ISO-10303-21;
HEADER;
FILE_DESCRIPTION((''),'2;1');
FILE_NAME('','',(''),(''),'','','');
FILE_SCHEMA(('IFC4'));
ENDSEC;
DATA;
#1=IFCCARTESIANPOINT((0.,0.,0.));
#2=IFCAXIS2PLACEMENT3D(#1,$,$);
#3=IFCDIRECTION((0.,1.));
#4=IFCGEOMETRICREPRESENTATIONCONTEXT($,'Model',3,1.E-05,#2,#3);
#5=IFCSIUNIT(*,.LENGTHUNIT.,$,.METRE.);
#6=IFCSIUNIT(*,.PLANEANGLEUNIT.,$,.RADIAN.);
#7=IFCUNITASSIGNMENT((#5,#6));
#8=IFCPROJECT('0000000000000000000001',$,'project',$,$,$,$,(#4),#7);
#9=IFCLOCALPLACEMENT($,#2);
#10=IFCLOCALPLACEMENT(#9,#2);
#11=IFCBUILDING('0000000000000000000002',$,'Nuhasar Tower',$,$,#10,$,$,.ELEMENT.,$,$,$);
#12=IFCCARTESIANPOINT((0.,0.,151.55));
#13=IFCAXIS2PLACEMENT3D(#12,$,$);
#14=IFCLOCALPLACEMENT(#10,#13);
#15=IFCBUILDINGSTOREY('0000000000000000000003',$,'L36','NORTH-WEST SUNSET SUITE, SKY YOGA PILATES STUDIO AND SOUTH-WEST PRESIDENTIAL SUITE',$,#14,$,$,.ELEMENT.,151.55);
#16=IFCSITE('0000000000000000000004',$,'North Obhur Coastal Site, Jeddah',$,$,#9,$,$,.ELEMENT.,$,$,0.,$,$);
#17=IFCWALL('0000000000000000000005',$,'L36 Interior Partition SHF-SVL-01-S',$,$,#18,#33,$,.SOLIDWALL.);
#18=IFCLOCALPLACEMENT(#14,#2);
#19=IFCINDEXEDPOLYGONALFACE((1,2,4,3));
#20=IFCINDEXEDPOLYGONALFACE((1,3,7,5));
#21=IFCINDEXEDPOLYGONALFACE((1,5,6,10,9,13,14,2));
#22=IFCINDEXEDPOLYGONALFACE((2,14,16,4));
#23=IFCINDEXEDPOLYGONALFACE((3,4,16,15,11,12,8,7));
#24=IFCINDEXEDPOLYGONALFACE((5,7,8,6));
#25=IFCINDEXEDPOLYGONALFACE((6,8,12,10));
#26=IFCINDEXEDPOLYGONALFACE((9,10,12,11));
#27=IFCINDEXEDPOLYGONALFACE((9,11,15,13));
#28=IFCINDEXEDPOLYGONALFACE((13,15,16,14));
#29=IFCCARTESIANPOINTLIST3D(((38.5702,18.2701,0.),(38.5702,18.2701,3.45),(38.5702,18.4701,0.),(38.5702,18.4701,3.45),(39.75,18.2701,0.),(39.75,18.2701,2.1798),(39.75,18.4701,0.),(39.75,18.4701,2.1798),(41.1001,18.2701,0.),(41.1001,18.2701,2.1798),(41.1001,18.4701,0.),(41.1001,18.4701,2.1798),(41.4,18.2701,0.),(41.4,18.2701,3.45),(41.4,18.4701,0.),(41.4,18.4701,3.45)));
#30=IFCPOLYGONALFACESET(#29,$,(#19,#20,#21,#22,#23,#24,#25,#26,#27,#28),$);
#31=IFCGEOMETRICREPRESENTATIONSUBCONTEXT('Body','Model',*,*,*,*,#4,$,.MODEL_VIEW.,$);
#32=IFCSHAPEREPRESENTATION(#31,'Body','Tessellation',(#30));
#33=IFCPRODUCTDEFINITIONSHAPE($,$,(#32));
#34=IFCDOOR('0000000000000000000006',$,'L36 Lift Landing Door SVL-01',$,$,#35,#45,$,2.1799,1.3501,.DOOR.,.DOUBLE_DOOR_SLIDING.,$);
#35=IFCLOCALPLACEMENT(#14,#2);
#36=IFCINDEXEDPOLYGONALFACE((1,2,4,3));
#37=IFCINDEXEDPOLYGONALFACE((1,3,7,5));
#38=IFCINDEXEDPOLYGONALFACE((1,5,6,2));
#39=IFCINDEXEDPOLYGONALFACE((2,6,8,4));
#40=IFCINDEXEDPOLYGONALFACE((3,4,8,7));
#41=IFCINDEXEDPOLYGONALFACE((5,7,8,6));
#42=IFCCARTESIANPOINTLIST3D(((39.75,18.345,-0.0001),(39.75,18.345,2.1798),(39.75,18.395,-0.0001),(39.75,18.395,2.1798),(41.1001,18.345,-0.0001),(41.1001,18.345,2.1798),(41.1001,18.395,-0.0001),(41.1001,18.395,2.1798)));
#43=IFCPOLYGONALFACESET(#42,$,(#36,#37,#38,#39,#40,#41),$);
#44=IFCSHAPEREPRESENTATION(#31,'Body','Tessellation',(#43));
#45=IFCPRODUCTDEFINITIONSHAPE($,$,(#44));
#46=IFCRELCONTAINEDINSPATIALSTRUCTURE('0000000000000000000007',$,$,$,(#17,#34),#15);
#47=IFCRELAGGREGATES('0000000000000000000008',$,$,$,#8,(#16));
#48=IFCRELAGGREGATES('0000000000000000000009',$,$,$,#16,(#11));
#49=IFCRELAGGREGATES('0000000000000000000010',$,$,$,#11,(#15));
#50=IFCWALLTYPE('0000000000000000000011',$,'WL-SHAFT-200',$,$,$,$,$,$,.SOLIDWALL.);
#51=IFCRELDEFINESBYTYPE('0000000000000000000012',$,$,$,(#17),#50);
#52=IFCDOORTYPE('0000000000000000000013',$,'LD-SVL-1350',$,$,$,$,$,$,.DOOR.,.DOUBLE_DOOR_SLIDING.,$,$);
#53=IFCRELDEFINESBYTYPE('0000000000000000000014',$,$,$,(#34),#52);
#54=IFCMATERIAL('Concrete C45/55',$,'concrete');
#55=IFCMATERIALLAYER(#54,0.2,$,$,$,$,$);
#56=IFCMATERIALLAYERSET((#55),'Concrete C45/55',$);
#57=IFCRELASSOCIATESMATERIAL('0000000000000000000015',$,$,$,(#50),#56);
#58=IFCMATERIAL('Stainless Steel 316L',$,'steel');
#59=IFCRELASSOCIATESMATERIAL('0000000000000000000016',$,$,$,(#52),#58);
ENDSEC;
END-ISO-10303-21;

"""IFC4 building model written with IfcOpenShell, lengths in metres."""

from ifc_helpers import new_model, si_unit, direction, frame, frame_2d, origin, place, context, subcontext, project, spatial, rectangle, extrude, material, layer, layer_set, type_object, element, fill, save


model = new_model("IFC4")

# Units and contexts
model_context = context("Model", 3, precision=1e-05, world=origin(), true_north=direction((0.0, 1.0)))
body_context = subcontext(model_context, "Body", "Model", "MODEL_VIEW")
ifc_project = project(units=[si_unit("LENGTHUNIT", "METRE"), si_unit("PLANEANGLEUNIT", "RADIAN")], contexts=[model_context])

# Site, building, storey
site_placement = place(None, origin())
site = spatial("IfcSite", under=ifc_project, at=site_placement, Name="North Obhur Coastal Site, Jeddah", CompositionType="ELEMENT", RefElevation=0.0)
building_placement = place(site_placement, origin())
building = spatial("IfcBuilding", under=site, at=building_placement, Name="Nuhasar Tower", CompositionType="ELEMENT")
storey_placement = place(building_placement, frame((0.0, 0.0, 151.55)))
storey = spatial("IfcBuildingStorey", under=building, at=storey_placement, Name="L36", Description="NORTH-WEST SUNSET SUITE, SKY YOGA PILATES STUDIO AND SOUTH-WEST PRESIDENTIAL SUITE", CompositionType="ELEMENT", Elevation=151.55)

# Shared definitions
ifc_material_1 = material(Name="Concrete C45/55", Category="concrete")
ifc_layer_1 = layer(ifc_material_1, 0.2)
ifc_layer_set_1 = layer_set([ifc_layer_1], Name="Concrete C45/55")
wall_type_1 = type_object("IfcWallType", Name="WL-SHAFT-200", PredefinedType="SOLIDWALL", material=ifc_layer_set_1)

# Shared definitions
ifc_material_2 = material(Name="Stainless Steel 316L", Category="steel")

# Wall, opening, door
wall_1_placement = place(storey_placement, frame((38.5701, 18.3701, 0.0), z_axis=(0.0, 0.0, 1.0), x_axis=(1.0, 0.0, 0.0)))
wall_1 = element("IfcWall", 1, at=wall_1_placement, inside=storey, type_object=wall_type_1, Name="L36 Interior Partition SHF-SVL-01-S", PredefinedType="SOLIDWALL", context=body_context, shape_type="SweptSolid", body=[
    extrude(rectangle(XDim=2.8298, YDim=0.2, at=frame_2d((1.415, 0.0))), origin(), (0.0, 0.0, 1.0), 3.45),
])
opening_1_placement = place(wall_1_placement, frame((1.1799, 0.0, 0.0)))
opening_1 = element("IfcOpeningElement", 2, at=opening_1_placement, cuts=wall_1, PredefinedType="OPENING", context=body_context, shape_type="SweptSolid", body=[
    extrude(rectangle(XDim=1.3501, YDim=2.1799, at=frame_2d((0.675, 1.0898))), frame((0.0, 0.1099, 0.0), z_axis=(0.0, -1.0, 0.0), x_axis=(1.0, 0.0, 0.0)), (0.0, 0.0, 1.0), 0.22),
])
door_type_1 = type_object("IfcDoorType", Name="LD-SVL-1350", OperationType="DOUBLE_DOOR_SLIDING", PredefinedType="DOOR", material=ifc_material_2)
door_1_placement = place(opening_1_placement, origin())
door_1 = element("IfcDoor", 3, at=door_1_placement, inside=storey, type_object=door_type_1, Name="L36 Lift Landing Door SVL-01", OperationType="DOUBLE_DOOR_SLIDING", OverallHeight=2.1799, OverallWidth=1.3501, PredefinedType="DOOR", context=body_context, shape_type="SweptSolid", body=[
    extrude(rectangle(XDim=1.3501, YDim=2.1799, at=frame_2d((0.675, 1.0898))), frame((0.0, 0.0249, 0.0), z_axis=(0.0, -1.0, 0.0), x_axis=(1.0, 0.0, 0.0)), (0.0, 0.0, 1.0), 0.05),
])
fill(opening_1, door_1)

save(model, "model.ifc")
